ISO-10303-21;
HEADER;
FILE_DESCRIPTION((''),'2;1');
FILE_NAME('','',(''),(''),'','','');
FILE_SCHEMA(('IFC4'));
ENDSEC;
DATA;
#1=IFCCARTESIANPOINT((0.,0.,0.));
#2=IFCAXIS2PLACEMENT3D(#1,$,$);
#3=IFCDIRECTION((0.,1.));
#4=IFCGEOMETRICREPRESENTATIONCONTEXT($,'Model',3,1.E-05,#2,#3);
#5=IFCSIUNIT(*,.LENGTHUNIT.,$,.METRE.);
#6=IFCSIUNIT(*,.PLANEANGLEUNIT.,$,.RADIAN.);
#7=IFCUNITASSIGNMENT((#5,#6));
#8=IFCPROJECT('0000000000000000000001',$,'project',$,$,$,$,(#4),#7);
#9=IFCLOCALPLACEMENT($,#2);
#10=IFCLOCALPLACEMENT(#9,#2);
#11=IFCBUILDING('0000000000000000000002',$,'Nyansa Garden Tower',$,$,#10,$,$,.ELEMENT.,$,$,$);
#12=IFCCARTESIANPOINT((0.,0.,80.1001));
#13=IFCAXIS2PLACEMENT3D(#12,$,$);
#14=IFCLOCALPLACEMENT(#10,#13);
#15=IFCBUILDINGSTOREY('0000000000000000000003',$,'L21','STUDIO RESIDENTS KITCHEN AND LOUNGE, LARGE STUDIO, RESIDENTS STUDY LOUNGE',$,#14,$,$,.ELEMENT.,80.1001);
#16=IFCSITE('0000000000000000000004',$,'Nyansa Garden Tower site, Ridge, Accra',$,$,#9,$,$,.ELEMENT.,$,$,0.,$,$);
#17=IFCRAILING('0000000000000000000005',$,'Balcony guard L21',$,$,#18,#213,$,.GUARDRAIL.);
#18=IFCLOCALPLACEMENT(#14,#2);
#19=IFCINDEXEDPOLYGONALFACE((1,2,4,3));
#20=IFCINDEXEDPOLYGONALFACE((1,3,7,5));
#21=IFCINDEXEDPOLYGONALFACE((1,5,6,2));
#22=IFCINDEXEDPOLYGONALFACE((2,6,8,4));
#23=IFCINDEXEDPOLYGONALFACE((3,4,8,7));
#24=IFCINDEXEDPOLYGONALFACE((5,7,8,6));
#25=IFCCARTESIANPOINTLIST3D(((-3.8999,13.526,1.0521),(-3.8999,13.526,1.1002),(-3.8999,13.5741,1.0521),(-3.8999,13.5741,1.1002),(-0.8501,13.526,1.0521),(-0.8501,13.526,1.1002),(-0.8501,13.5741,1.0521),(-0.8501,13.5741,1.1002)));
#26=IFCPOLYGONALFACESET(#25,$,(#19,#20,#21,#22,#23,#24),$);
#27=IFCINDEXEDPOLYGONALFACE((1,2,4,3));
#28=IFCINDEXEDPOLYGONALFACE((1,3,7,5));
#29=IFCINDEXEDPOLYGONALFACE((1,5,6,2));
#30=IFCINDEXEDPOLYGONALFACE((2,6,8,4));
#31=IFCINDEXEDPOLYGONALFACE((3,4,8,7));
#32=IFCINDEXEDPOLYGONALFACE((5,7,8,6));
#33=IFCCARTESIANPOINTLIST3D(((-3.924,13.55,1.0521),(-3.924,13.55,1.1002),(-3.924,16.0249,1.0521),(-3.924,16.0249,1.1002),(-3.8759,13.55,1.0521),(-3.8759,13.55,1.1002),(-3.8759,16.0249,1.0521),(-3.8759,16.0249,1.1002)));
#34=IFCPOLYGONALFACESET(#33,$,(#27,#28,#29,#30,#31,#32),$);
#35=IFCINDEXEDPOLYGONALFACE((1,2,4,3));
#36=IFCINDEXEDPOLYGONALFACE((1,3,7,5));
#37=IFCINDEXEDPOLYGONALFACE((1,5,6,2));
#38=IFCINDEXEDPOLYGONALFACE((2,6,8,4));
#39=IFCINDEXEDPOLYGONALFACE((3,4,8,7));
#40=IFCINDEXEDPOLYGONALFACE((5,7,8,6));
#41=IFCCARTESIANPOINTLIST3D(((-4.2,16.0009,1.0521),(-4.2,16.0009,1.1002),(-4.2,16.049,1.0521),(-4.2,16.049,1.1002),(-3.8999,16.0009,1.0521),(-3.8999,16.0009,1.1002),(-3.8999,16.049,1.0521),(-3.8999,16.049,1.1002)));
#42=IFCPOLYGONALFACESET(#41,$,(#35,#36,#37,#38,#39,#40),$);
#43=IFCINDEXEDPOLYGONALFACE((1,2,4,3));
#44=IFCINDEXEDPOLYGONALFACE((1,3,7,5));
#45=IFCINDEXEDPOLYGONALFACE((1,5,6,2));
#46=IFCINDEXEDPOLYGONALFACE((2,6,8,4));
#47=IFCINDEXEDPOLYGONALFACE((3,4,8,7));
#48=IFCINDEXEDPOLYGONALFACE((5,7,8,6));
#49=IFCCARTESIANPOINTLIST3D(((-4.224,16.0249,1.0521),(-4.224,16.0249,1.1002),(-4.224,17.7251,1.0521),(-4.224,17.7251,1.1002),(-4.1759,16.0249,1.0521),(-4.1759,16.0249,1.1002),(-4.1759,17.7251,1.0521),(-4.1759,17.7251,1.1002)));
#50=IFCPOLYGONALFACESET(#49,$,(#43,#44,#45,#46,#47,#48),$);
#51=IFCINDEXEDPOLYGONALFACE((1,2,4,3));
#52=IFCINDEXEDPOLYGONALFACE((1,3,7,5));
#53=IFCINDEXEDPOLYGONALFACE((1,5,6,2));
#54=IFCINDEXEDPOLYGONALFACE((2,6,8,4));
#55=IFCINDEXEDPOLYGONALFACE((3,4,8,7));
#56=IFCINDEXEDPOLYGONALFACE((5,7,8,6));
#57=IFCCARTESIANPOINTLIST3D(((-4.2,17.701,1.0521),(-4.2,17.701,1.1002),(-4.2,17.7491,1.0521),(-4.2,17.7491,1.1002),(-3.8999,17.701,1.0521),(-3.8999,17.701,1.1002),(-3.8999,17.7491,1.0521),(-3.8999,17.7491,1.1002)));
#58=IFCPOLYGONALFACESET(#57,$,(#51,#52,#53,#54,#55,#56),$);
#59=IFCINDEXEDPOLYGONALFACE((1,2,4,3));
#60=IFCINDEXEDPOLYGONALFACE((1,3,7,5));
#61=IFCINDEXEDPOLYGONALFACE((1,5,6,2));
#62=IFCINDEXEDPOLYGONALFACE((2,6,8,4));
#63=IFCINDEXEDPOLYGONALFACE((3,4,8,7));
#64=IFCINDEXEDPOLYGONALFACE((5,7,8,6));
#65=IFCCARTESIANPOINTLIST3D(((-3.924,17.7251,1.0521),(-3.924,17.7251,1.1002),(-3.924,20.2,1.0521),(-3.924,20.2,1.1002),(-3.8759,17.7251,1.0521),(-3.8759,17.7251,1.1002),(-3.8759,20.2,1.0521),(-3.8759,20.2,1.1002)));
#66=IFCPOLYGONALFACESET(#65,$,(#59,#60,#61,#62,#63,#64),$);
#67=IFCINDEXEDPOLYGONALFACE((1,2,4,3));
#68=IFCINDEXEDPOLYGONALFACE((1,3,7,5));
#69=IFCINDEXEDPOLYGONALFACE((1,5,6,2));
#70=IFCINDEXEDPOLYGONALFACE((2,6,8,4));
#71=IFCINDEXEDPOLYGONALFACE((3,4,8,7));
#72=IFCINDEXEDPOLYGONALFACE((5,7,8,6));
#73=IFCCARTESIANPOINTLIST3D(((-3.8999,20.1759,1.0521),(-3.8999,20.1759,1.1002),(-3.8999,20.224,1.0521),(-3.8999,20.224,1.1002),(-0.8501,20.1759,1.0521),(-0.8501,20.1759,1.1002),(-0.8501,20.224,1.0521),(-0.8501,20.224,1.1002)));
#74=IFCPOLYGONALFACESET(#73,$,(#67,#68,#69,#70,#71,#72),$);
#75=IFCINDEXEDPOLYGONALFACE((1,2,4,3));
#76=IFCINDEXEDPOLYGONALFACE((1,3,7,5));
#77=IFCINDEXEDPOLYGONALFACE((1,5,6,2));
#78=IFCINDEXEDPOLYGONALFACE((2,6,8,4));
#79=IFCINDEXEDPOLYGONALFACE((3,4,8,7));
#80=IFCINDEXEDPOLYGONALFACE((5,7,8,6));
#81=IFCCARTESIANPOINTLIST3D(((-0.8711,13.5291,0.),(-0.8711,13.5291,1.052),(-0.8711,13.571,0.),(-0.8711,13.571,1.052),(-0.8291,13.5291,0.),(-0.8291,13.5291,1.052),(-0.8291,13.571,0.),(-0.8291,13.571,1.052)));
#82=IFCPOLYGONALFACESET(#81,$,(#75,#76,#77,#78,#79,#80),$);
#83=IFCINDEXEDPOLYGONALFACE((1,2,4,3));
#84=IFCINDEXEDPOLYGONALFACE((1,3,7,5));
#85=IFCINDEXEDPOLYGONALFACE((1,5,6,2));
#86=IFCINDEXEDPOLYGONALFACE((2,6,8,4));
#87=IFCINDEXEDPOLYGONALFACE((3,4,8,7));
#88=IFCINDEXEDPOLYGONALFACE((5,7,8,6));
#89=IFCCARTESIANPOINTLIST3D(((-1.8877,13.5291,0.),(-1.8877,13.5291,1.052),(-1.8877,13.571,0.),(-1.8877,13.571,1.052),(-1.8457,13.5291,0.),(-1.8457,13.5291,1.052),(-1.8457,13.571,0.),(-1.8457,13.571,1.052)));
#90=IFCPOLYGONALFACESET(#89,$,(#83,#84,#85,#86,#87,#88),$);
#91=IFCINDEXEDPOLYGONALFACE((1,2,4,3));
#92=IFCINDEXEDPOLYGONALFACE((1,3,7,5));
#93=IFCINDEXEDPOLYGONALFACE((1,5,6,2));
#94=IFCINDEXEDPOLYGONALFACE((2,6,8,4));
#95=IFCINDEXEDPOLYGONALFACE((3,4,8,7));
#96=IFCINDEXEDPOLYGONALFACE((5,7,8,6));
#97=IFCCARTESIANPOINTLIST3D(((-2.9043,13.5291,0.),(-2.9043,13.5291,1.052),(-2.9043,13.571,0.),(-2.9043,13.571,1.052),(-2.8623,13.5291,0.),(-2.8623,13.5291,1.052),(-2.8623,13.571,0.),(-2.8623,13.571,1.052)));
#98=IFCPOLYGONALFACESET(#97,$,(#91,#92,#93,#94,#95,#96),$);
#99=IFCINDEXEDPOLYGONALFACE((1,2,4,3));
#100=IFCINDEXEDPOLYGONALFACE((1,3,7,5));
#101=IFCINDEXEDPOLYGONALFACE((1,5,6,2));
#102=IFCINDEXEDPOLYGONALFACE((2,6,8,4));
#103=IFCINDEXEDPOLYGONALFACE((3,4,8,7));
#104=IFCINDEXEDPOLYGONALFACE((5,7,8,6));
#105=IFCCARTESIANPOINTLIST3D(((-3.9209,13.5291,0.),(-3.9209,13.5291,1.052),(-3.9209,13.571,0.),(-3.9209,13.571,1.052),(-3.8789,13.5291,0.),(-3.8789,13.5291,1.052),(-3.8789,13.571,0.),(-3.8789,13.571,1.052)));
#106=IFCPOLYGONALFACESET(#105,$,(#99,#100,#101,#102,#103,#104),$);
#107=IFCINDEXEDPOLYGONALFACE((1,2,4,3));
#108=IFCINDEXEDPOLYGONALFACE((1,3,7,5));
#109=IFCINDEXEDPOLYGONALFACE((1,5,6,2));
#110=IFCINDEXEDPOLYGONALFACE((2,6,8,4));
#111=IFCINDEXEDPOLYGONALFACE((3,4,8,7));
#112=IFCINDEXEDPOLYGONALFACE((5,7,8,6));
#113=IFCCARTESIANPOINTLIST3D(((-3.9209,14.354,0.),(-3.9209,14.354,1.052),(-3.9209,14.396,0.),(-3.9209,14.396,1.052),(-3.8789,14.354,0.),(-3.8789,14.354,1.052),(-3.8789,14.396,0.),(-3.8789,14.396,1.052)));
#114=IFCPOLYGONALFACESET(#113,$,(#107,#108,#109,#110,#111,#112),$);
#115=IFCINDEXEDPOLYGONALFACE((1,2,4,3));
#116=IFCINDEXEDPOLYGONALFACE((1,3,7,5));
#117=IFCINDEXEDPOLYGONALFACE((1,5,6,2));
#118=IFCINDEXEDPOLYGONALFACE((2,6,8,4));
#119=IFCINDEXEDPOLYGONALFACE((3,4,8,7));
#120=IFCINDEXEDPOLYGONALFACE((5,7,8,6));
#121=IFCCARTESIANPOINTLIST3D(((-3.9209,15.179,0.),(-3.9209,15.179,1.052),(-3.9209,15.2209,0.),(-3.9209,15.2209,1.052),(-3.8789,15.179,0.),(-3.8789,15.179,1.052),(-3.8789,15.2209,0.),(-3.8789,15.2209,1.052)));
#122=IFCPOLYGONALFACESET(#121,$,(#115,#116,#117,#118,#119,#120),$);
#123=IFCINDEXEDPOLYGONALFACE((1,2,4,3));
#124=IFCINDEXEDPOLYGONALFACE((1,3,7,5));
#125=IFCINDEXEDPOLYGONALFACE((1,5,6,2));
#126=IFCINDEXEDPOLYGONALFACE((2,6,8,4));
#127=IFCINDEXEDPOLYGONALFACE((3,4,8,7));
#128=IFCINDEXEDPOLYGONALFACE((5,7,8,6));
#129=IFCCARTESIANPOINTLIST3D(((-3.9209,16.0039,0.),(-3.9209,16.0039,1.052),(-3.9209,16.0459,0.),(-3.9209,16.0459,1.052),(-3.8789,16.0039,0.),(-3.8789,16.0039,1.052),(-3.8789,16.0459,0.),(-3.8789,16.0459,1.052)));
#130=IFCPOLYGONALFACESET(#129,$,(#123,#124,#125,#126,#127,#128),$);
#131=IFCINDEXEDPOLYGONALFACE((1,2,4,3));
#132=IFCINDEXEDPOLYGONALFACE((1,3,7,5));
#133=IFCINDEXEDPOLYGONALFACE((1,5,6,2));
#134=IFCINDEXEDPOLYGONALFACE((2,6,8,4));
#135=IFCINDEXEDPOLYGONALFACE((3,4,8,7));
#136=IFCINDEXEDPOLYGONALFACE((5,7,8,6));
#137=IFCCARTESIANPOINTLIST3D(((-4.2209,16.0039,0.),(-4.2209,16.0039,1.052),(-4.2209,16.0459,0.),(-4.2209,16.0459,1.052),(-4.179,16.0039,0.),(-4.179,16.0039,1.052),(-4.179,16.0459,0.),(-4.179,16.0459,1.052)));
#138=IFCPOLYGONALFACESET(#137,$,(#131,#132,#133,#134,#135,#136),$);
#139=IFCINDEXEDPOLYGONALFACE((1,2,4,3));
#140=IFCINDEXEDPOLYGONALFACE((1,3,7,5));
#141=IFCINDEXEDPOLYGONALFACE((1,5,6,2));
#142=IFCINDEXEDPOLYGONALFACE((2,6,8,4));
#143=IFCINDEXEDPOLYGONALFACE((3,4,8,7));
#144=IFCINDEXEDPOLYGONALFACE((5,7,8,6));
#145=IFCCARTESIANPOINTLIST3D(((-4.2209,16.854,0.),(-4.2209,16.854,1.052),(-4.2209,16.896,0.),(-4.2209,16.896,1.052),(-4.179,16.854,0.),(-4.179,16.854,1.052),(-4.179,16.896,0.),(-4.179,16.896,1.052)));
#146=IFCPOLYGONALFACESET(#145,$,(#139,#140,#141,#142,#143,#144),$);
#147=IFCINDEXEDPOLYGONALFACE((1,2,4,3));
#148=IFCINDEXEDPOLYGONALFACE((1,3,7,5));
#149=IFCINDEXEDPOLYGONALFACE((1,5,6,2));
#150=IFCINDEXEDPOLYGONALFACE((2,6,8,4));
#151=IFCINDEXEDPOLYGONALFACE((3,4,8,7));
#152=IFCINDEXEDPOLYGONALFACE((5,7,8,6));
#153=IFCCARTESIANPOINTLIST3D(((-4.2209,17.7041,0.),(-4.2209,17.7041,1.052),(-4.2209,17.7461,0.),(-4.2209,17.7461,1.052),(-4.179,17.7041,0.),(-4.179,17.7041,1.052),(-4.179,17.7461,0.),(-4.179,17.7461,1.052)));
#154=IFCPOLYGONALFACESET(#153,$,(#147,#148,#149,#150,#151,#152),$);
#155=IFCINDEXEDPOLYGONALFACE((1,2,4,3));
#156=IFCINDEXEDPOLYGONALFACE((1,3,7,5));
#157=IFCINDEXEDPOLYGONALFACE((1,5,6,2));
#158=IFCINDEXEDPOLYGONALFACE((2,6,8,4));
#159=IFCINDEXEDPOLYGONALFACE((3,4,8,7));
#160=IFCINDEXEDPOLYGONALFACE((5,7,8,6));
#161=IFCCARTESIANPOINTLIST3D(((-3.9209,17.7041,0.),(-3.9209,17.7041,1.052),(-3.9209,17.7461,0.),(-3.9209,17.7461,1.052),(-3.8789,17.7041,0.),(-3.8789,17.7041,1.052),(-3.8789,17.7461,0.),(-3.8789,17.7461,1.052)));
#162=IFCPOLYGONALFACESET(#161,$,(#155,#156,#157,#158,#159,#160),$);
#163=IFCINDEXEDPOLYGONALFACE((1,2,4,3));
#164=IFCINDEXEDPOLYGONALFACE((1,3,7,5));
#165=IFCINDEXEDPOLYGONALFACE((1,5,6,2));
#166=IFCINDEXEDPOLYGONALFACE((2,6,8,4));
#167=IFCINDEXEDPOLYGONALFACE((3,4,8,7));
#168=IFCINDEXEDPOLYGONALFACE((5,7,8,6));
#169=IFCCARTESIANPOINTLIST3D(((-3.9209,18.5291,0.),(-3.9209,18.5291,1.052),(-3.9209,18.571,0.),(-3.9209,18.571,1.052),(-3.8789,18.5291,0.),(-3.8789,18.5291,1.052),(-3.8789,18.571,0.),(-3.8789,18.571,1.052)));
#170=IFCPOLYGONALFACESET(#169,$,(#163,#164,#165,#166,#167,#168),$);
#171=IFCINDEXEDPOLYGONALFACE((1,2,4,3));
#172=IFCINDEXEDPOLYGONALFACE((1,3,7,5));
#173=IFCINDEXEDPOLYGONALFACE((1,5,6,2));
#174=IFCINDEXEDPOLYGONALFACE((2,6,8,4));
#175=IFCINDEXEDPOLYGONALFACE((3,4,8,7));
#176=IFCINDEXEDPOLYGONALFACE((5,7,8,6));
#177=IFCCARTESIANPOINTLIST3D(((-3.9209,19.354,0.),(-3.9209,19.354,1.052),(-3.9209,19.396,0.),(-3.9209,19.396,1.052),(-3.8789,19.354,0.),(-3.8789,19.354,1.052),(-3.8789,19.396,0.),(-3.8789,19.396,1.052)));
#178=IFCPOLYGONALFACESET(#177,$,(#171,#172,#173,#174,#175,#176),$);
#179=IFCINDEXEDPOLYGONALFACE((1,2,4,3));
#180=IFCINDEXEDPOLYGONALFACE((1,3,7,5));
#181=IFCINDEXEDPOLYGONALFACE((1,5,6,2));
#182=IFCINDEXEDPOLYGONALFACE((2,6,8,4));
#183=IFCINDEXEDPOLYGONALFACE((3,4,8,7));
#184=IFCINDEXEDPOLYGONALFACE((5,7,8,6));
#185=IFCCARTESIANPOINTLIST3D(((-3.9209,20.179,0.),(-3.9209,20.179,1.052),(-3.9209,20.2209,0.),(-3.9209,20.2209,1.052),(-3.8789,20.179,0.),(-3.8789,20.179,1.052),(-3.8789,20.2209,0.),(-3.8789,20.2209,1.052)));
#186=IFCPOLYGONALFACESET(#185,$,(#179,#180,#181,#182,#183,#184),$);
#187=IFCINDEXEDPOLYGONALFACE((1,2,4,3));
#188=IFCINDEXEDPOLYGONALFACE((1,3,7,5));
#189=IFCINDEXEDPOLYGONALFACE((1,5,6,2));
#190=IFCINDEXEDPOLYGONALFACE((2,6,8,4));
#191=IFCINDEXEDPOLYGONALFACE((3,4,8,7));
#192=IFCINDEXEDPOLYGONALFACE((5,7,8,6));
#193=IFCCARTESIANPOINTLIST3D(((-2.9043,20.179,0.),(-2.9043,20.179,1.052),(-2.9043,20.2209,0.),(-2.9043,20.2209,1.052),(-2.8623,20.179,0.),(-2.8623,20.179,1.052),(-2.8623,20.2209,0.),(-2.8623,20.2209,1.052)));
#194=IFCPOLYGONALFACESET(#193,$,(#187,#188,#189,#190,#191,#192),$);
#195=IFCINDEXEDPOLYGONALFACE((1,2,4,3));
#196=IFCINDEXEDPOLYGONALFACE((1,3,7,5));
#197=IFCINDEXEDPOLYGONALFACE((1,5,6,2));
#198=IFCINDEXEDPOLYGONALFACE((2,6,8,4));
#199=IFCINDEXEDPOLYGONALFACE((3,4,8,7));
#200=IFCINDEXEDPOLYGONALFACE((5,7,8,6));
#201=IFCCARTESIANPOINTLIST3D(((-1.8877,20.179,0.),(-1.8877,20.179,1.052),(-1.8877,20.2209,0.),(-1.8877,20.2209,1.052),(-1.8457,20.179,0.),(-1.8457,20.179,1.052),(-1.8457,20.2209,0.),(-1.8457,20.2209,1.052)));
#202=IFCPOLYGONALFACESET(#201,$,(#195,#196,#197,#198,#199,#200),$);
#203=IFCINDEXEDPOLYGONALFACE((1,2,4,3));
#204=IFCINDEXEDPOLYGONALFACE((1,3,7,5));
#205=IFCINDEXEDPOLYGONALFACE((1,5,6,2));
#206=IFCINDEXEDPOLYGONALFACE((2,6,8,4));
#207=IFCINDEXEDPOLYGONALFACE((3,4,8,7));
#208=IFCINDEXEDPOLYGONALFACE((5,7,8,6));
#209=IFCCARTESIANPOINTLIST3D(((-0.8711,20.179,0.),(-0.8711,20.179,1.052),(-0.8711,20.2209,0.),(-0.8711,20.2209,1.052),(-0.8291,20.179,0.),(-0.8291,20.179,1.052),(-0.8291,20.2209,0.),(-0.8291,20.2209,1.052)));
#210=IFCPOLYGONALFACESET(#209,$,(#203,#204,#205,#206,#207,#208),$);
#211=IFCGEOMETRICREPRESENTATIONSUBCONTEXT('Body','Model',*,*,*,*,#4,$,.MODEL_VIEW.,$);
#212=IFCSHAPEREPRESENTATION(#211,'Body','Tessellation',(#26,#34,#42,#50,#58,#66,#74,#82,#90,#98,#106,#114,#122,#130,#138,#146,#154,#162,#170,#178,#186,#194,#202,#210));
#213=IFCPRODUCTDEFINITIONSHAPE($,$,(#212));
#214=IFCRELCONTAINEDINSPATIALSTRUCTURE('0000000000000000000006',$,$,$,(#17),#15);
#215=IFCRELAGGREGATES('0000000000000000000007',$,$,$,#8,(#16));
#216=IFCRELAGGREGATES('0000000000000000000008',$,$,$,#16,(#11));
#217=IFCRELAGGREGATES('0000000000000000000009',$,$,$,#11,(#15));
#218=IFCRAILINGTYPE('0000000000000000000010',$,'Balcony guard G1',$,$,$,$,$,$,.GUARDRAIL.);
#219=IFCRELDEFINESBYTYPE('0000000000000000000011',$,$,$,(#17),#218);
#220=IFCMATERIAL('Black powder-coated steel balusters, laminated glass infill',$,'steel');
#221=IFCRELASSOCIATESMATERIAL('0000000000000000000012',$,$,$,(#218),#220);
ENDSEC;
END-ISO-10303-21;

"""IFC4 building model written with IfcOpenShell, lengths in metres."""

from ifc_helpers import new_model, si_unit, direction, frame, origin, origin_2d, place, context, subcontext, project, spatial, rectangle, extrude, material, type_object, element, save


model = new_model("IFC4")

# Units and contexts
model_context = context("Model", 3, precision=1e-05, world=origin(), true_north=direction((0.0, 1.0)))
body_context = subcontext(model_context, "Body", "Model", "MODEL_VIEW")
ifc_project = project(units=[si_unit("LENGTHUNIT", "METRE"), si_unit("PLANEANGLEUNIT", "RADIAN")], contexts=[model_context])

# Site, building, storey
site_placement = place(None, origin())
site = spatial("IfcSite", under=ifc_project, at=site_placement, Name="Nyansa Garden Tower site, Ridge, Accra", CompositionType="ELEMENT", RefElevation=0.0)
building_placement = place(site_placement, origin())
building = spatial("IfcBuilding", under=site, at=building_placement, Name="Nyansa Garden Tower", CompositionType="ELEMENT")
storey_placement = place(building_placement, frame((0.0, 0.0, 80.1001)))
storey = spatial("IfcBuildingStorey", under=building, at=storey_placement, Name="L21", Description="STUDIO RESIDENTS KITCHEN AND LOUNGE, LARGE STUDIO, RESIDENTS STUDY LOUNGE", CompositionType="ELEMENT", Elevation=80.1001)

# Railing
ifc_material_1 = material(Name="Black powder-coated steel balusters, laminated glass infill", Category="steel")
railing_type = type_object("IfcRailingType", Name="Balcony guard G1", PredefinedType="GUARDRAIL", material=ifc_material_1)
railing_placement = place(storey_placement, frame((-0.8501, 13.55, 0.0)))
element("IfcRailing", 1, at=railing_placement, inside=storey, type_object=railing_type, Name="Balcony guard L21", PredefinedType="GUARDRAIL", context=body_context, shape_type="SweptSolid", body=[
    extrude(rectangle(XDim=0.0481, YDim=0.0481, at=origin_2d()), frame((0.0, 0.0, 1.0762), z_axis=(-1.0, 0.0, 0.0), x_axis=(0.0, -1.0, 0.0)), (0.0, 0.0, 1.0), 3.0498),
    extrude(rectangle(XDim=0.0481, YDim=0.0481, at=origin_2d()), frame((-3.0498, 0.0, 1.0762), z_axis=(0.0, 1.0, 0.0), x_axis=(-1.0, 0.0, 0.0)), (0.0, 0.0, 1.0), 2.4749),
    extrude(rectangle(XDim=0.0481, YDim=0.0481, at=origin_2d()), frame((-3.0498, 2.4749, 1.0762), z_axis=(-1.0, 0.0, 0.0), x_axis=(0.0, -1.0, 0.0)), (0.0, 0.0, 1.0), 0.3),
    extrude(rectangle(XDim=0.0481, YDim=0.0481, at=origin_2d()), frame((-3.3499, 2.4749, 1.0762), z_axis=(0.0, 1.0, 0.0), x_axis=(-1.0, 0.0, 0.0)), (0.0, 0.0, 1.0), 1.7002),
    extrude(rectangle(XDim=0.0481, YDim=0.0481, at=origin_2d()), frame((-3.3499, 4.175, 1.0762), z_axis=(1.0, 0.0, 0.0), x_axis=(0.0, 1.0, 0.0)), (0.0, 0.0, 1.0), 0.3),
    extrude(rectangle(XDim=0.0481, YDim=0.0481, at=origin_2d()), frame((-3.0498, 4.175, 1.0762), z_axis=(0.0, 1.0, 0.0), x_axis=(-1.0, 0.0, 0.0)), (0.0, 0.0, 1.0), 2.4749),
    extrude(rectangle(XDim=0.0481, YDim=0.0481, at=origin_2d()), frame((-3.0498, 6.6499, 1.0762), z_axis=(1.0, 0.0, 0.0), x_axis=(0.0, 1.0, 0.0)), (0.0, 0.0, 1.0), 3.0498),
    extrude(rectangle(XDim=0.042, YDim=0.042, at=origin_2d()), origin(), (0.0, 0.0, 1.0), 1.052),
    extrude(rectangle(XDim=0.042, YDim=0.042, at=origin_2d()), frame((-1.0166, 0.0, 0.0)), (0.0, 0.0, 1.0), 1.052),
    extrude(rectangle(XDim=0.042, YDim=0.042, at=origin_2d()), frame((-2.0332, 0.0, 0.0)), (0.0, 0.0, 1.0), 1.052),
    extrude(rectangle(XDim=0.042, YDim=0.042, at=origin_2d()), frame((-3.0498, 0.0, 0.0)), (0.0, 0.0, 1.0), 1.052),
    extrude(rectangle(XDim=0.042, YDim=0.042, at=origin_2d()), frame((-3.0498, 0.825, 0.0)), (0.0, 0.0, 1.0), 1.052),
    extrude(rectangle(XDim=0.042, YDim=0.042, at=origin_2d()), frame((-3.0498, 1.6499, 0.0)), (0.0, 0.0, 1.0), 1.052),
    extrude(rectangle(XDim=0.042, YDim=0.042, at=origin_2d()), frame((-3.0498, 2.4749, 0.0)), (0.0, 0.0, 1.0), 1.052),
    extrude(rectangle(XDim=0.042, YDim=0.042, at=origin_2d()), frame((-3.3499, 2.4749, 0.0)), (0.0, 0.0, 1.0), 1.052),
    extrude(rectangle(XDim=0.042, YDim=0.042, at=origin_2d()), frame((-3.3499, 3.325, 0.0)), (0.0, 0.0, 1.0), 1.052),
    extrude(rectangle(XDim=0.042, YDim=0.042, at=origin_2d()), frame((-3.3499, 4.175, 0.0)), (0.0, 0.0, 1.0), 1.052),
    extrude(rectangle(XDim=0.042, YDim=0.042, at=origin_2d()), frame((-3.0498, 4.175, 0.0)), (0.0, 0.0, 1.0), 1.052),
    extrude(rectangle(XDim=0.042, YDim=0.042, at=origin_2d()), frame((-3.0498, 5.0, 0.0)), (0.0, 0.0, 1.0), 1.052),
    extrude(rectangle(XDim=0.042, YDim=0.042, at=origin_2d()), frame((-3.0498, 5.825, 0.0)), (0.0, 0.0, 1.0), 1.052),
    extrude(rectangle(XDim=0.042, YDim=0.042, at=origin_2d()), frame((-3.0498, 6.6499, 0.0)), (0.0, 0.0, 1.0), 1.052),
    extrude(rectangle(XDim=0.042, YDim=0.042, at=origin_2d()), frame((-2.0332, 6.6499, 0.0)), (0.0, 0.0, 1.0), 1.052),
    extrude(rectangle(XDim=0.042, YDim=0.042, at=origin_2d()), frame((-1.0166, 6.6499, 0.0)), (0.0, 0.0, 1.0), 1.052),
    extrude(rectangle(XDim=0.042, YDim=0.042, at=origin_2d()), frame((0.0, 6.6499, 0.0)), (0.0, 0.0, 1.0), 1.052),
])

save(model, "model.ifc")
